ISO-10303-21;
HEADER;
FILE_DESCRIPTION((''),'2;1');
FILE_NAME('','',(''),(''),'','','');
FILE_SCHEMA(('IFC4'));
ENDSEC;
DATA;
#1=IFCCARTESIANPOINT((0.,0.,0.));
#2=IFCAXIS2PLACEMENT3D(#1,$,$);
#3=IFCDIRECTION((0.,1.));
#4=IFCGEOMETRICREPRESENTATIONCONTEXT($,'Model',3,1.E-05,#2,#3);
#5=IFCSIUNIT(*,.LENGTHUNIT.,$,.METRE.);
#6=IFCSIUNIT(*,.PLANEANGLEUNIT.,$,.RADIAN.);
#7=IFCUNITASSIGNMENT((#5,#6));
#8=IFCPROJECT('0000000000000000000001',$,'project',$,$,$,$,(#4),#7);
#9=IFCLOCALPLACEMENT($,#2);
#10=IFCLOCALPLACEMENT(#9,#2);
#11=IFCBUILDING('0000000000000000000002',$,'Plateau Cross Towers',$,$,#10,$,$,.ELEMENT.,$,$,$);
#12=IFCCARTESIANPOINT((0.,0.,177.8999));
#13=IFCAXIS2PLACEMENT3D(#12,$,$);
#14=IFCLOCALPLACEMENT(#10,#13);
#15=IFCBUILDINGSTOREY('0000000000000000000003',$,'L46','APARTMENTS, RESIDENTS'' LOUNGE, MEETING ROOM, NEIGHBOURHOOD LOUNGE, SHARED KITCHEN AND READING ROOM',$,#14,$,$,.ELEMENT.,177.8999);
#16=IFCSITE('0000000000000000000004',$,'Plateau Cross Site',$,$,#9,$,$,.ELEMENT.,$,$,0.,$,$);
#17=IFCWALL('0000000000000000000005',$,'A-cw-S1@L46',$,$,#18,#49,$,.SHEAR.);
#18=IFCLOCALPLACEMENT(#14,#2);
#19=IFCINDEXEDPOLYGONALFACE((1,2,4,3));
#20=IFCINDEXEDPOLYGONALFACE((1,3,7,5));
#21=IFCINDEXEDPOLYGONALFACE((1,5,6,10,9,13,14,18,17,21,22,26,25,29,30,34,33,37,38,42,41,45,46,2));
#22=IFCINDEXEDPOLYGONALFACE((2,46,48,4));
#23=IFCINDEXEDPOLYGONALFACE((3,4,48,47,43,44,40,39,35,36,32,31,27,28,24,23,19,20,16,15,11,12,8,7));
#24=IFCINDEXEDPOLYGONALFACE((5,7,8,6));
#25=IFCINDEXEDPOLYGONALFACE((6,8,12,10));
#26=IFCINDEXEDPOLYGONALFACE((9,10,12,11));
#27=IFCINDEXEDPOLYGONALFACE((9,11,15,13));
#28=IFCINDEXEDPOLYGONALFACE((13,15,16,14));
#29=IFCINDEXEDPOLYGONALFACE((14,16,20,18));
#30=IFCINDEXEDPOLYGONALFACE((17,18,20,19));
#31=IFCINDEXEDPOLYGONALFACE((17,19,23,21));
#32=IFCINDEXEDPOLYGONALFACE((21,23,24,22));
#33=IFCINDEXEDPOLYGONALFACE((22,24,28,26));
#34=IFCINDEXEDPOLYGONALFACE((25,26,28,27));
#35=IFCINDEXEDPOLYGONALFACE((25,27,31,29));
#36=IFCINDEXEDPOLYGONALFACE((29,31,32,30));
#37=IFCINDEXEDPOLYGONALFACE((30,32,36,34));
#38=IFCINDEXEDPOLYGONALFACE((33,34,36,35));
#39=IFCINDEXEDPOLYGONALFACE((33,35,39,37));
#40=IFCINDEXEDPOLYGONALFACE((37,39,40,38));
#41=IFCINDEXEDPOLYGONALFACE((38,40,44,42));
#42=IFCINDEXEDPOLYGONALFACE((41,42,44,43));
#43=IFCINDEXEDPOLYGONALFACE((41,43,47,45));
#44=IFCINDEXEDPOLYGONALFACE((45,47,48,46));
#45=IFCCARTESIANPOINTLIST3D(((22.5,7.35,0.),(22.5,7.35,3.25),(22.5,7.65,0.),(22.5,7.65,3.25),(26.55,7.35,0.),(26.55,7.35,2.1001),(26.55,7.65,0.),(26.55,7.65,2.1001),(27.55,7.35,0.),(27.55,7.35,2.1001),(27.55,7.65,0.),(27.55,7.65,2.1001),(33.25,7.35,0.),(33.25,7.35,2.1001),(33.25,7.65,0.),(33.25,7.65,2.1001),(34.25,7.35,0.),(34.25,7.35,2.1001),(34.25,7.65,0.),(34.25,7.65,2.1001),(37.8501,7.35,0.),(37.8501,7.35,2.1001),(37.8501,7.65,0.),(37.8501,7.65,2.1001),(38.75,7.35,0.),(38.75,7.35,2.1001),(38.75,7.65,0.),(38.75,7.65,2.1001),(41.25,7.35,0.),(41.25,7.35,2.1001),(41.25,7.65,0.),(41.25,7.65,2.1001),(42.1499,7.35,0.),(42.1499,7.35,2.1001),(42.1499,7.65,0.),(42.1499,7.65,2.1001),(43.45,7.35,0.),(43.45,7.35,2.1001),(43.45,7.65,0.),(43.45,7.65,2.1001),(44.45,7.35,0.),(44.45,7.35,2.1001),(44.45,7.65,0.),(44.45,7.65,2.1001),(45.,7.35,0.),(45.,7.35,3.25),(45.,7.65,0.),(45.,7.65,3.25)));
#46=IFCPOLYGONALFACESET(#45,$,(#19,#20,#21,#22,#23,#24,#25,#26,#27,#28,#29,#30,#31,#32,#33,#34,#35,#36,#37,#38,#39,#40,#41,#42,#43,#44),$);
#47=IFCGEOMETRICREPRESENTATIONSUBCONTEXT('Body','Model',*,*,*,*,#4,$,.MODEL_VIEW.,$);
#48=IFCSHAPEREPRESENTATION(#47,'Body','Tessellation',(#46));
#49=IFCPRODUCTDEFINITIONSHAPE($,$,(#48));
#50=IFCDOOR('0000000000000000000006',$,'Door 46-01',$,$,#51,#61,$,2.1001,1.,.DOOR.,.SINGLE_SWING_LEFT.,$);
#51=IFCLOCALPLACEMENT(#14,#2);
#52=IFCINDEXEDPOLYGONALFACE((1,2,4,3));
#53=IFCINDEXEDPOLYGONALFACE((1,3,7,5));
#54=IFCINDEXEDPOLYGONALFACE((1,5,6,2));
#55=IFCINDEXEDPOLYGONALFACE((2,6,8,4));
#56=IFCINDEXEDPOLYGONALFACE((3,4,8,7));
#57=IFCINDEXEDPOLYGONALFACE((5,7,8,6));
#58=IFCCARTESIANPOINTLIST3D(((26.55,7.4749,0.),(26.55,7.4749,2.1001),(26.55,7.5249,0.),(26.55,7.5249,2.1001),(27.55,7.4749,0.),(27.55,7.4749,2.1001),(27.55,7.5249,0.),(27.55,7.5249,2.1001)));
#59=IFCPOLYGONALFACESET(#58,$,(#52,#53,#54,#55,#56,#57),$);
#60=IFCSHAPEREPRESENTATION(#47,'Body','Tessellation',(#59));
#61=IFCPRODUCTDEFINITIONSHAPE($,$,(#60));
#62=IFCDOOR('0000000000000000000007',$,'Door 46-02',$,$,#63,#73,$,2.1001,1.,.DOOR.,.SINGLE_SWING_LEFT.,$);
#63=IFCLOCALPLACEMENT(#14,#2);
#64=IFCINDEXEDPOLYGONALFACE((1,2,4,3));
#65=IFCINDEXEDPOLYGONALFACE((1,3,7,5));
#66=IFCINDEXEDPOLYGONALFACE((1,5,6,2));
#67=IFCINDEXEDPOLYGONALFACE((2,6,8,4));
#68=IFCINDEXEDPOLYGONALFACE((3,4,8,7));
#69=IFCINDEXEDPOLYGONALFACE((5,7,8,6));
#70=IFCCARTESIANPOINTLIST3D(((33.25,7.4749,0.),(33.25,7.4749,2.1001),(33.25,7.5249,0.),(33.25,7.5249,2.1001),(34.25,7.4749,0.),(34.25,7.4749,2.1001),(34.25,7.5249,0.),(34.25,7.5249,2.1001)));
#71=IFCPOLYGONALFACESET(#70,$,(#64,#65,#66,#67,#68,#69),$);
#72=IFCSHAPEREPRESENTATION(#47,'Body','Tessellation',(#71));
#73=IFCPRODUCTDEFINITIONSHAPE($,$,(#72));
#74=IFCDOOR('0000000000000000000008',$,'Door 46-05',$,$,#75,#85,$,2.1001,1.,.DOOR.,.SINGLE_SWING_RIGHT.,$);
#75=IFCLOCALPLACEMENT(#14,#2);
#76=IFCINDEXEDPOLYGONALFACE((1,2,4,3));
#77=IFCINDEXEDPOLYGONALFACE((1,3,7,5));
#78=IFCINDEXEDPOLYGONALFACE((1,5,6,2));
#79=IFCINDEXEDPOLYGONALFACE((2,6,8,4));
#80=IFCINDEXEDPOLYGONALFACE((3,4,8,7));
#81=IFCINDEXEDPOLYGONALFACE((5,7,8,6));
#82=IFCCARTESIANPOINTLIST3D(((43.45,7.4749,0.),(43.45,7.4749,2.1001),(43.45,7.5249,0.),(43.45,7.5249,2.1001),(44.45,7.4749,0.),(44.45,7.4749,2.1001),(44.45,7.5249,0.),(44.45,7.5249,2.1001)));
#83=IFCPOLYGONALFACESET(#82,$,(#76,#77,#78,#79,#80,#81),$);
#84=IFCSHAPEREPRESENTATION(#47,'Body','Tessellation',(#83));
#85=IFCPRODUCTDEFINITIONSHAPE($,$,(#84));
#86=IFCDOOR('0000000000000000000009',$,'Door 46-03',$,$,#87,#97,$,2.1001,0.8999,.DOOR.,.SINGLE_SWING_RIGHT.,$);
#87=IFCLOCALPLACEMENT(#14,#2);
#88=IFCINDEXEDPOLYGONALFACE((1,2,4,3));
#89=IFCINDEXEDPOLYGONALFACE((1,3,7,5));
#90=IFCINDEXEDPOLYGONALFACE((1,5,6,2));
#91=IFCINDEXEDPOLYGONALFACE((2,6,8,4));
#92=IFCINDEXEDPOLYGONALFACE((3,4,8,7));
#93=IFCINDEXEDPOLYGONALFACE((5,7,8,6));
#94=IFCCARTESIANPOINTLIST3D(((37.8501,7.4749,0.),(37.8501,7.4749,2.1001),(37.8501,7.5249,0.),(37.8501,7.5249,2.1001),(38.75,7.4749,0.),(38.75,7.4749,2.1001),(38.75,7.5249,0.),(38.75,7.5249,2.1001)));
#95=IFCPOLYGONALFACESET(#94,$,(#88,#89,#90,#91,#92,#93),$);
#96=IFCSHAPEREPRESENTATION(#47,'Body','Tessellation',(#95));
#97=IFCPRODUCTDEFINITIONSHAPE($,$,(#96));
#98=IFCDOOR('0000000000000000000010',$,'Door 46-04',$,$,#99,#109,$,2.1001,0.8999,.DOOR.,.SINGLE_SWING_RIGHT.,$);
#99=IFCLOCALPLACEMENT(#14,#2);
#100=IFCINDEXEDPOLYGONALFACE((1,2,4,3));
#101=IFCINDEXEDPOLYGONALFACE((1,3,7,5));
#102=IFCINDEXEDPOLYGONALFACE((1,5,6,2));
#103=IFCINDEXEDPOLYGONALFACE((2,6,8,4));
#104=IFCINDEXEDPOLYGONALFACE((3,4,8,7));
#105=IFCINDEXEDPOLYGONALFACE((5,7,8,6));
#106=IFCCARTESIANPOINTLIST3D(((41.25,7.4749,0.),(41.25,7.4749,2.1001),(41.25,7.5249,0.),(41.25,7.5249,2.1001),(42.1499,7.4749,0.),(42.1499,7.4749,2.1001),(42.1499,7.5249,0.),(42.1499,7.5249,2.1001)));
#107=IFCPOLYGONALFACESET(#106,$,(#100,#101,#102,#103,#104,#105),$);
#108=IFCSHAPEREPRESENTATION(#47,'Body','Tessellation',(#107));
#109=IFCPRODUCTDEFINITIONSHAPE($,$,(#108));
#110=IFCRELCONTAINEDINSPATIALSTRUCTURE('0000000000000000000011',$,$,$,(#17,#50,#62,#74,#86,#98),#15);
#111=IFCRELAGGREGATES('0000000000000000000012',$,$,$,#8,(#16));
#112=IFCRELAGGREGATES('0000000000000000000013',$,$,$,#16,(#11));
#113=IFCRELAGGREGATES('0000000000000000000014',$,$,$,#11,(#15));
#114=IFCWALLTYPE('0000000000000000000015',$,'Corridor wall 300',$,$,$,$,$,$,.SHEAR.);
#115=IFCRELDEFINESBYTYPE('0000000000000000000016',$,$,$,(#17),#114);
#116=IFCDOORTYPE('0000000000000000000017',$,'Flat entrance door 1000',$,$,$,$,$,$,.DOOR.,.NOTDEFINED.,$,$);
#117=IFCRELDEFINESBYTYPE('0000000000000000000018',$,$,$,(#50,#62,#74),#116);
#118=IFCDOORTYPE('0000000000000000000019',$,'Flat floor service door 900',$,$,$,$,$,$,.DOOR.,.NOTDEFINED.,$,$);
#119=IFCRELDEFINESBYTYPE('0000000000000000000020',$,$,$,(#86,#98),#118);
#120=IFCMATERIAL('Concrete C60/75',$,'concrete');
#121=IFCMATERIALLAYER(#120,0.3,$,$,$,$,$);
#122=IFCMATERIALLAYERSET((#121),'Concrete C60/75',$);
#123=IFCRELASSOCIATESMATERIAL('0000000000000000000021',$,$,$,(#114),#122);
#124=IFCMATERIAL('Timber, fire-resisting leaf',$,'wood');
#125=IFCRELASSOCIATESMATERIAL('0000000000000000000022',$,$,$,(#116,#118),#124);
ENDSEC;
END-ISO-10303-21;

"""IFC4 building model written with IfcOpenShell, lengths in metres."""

from ifc_helpers import new_model, si_unit, direction, frame, frame_2d, origin, place, context, subcontext, project, spatial, rectangle, extrude, material, layer, layer_set, type_object, element, fill, save


model = new_model("IFC4")

# Units and contexts
model_context = context("Model", 3, precision=1e-05, world=origin(), true_north=direction((0.0, 1.0)))
body_context = subcontext(model_context, "Body", "Model", "MODEL_VIEW")
ifc_project = project(units=[si_unit("LENGTHUNIT", "METRE"), si_unit("PLANEANGLEUNIT", "RADIAN")], contexts=[model_context])

# Site, building, storey
site_placement = place(None, origin())
site = spatial("IfcSite", under=ifc_project, at=site_placement, Name="Plateau Cross Site", CompositionType="ELEMENT", RefElevation=0.0)
building_placement = place(site_placement, origin())
building = spatial("IfcBuilding", under=site, at=building_placement, Name="Plateau Cross Towers", CompositionType="ELEMENT")
storey_placement = place(building_placement, frame((0.0, 0.0, 177.8999)))
storey = spatial("IfcBuildingStorey", under=building, at=storey_placement, Name="L46", Description="APARTMENTS, RESIDENTS' LOUNGE, MEETING ROOM, NEIGHBOURHOOD LOUNGE, SHARED KITCHEN AND READING ROOM", CompositionType="ELEMENT", Elevation=177.8999)

# Shared definitions
ifc_material_1 = material(Name="Concrete C60/75", Category="concrete")

# Wall, openings, doors
ifc_layer_1 = layer(ifc_material_1, 0.3)
ifc_layer_set_1 = layer_set([ifc_layer_1], Name="Concrete C60/75")
wall_type_1 = type_object("IfcWallType", Name="Corridor wall 300", PredefinedType="SHEAR", material=ifc_layer_set_1)
wall_1_placement = place(storey_placement, frame((22.5, 7.5, 0.0), z_axis=(0.0, 0.0, 1.0), x_axis=(1.0, 0.0, 0.0)))
wall_1 = element("IfcWall", 1, at=wall_1_placement, inside=storey, type_object=wall_type_1, Name="A-cw-S1@L46", PredefinedType="SHEAR", context=body_context, shape_type="SweptSolid", body=[
    extrude(rectangle(XDim=22.5, YDim=0.3, at=frame_2d((11.25, 0.0))), origin(), (0.0, 0.0, 1.0), 3.25),
])
opening_1_placement = place(wall_1_placement, frame((4.05, 0.0, 0.0)))
opening_1 = element("IfcOpeningElement", 2, at=opening_1_placement, cuts=wall_1, PredefinedType="OPENING", context=body_context, shape_type="SweptSolid", body=[
    extrude(rectangle(XDim=1.0, YDim=2.1001, at=frame_2d((0.5, 1.05))), frame((0.0, 0.1599, 0.0), z_axis=(0.0, -1.0, 0.0), x_axis=(1.0, 0.0, 0.0)), (0.0, 0.0, 1.0), 0.3201),
])
opening_2_placement = place(wall_1_placement, frame((10.75, 0.0, 0.0)))
opening_2 = element("IfcOpeningElement", 3, at=opening_2_placement, cuts=wall_1, PredefinedType="OPENING", context=body_context, shape_type="SweptSolid", body=[
    extrude(rectangle(XDim=1.0, YDim=2.1001, at=frame_2d((0.5, 1.05))), frame((0.0, 0.1599, 0.0), z_axis=(0.0, -1.0, 0.0), x_axis=(1.0, 0.0, 0.0)), (0.0, 0.0, 1.0), 0.3201),
])
opening_3_placement = place(wall_1_placement, frame((15.3501, 0.0, 0.0)))
opening_3 = element("IfcOpeningElement", 4, at=opening_3_placement, cuts=wall_1, PredefinedType="OPENING", context=body_context, shape_type="SweptSolid", body=[
    extrude(rectangle(XDim=0.8999, YDim=2.1001, at=frame_2d((0.45, 1.05))), frame((0.0, 0.1599, 0.0), z_axis=(0.0, -1.0, 0.0), x_axis=(1.0, 0.0, 0.0)), (0.0, 0.0, 1.0), 0.3201),
])
opening_4_placement = place(wall_1_placement, frame((18.75, 0.0, 0.0)))
opening_4 = element("IfcOpeningElement", 5, at=opening_4_placement, cuts=wall_1, PredefinedType="OPENING", context=body_context, shape_type="SweptSolid", body=[
    extrude(rectangle(XDim=0.8999, YDim=2.1001, at=frame_2d((0.45, 1.05))), frame((0.0, 0.1599, 0.0), z_axis=(0.0, -1.0, 0.0), x_axis=(1.0, 0.0, 0.0)), (0.0, 0.0, 1.0), 0.3201),
])
opening_5_placement = place(wall_1_placement, frame((20.95, 0.0, 0.0)))
opening_5 = element("IfcOpeningElement", 6, at=opening_5_placement, cuts=wall_1, PredefinedType="OPENING", context=body_context, shape_type="SweptSolid", body=[
    extrude(rectangle(XDim=1.0, YDim=2.1001, at=frame_2d((0.5, 1.05))), frame((0.0, 0.1599, 0.0), z_axis=(0.0, -1.0, 0.0), x_axis=(1.0, 0.0, 0.0)), (0.0, 0.0, 1.0), 0.3201),
])
ifc_material_2 = material(Name="Timber, fire-resisting leaf", Category="wood")
door_type_1 = type_object("IfcDoorType", Name="Flat entrance door 1000", OperationType="NOTDEFINED", PredefinedType="DOOR", material=ifc_material_2)
door_1_placement = place(opening_1_placement, origin())
door_1 = element("IfcDoor", 7, at=door_1_placement, inside=storey, type_object=door_type_1, Name="Door 46-01", OperationType="SINGLE_SWING_LEFT", OverallHeight=2.1001, OverallWidth=1.0, PredefinedType="DOOR", context=body_context, shape_type="SweptSolid", body=[
    extrude(rectangle(XDim=1.0, YDim=2.1001, at=frame_2d((0.5, 1.05))), frame((0.0, 0.0249, 0.0), z_axis=(0.0, -1.0, 0.0), x_axis=(1.0, 0.0, 0.0)), (0.0, 0.0, 1.0), 0.05),
])
fill(opening_1, door_1)
door_2_placement = place(opening_2_placement, origin())
door_2 = element("IfcDoor", 8, at=door_2_placement, inside=storey, type_object=door_type_1, Name="Door 46-02", OperationType="SINGLE_SWING_LEFT", OverallHeight=2.1001, OverallWidth=1.0, PredefinedType="DOOR", context=body_context, shape_type="SweptSolid", body=[
    extrude(rectangle(XDim=1.0, YDim=2.1001, at=frame_2d((0.5, 1.05))), frame((0.0, 0.0249, 0.0), z_axis=(0.0, -1.0, 0.0), x_axis=(1.0, 0.0, 0.0)), (0.0, 0.0, 1.0), 0.05),
])
fill(opening_2, door_2)
door_3_placement = place(opening_5_placement, origin())
door_3 = element("IfcDoor", 9, at=door_3_placement, inside=storey, type_object=door_type_1, Name="Door 46-05", OperationType="SINGLE_SWING_RIGHT", OverallHeight=2.1001, OverallWidth=1.0, PredefinedType="DOOR", context=body_context, shape_type="SweptSolid", body=[
    extrude(rectangle(XDim=1.0, YDim=2.1001, at=frame_2d((0.5, 1.05))), frame((0.0, 0.0249, 0.0), z_axis=(0.0, -1.0, 0.0), x_axis=(1.0, 0.0, 0.0)), (0.0, 0.0, 1.0), 0.05),
])
fill(opening_5, door_3)
door_type_2 = type_object("IfcDoorType", Name="Flat floor service door 900", OperationType="NOTDEFINED", PredefinedType="DOOR", material=ifc_material_2)
door_4_placement = place(opening_3_placement, origin())
door_4 = element("IfcDoor", 10, at=door_4_placement, inside=storey, type_object=door_type_2, Name="Door 46-03", OperationType="SINGLE_SWING_RIGHT", OverallHeight=2.1001, OverallWidth=0.8999, PredefinedType="DOOR", context=body_context, shape_type="SweptSolid", body=[
    extrude(rectangle(XDim=0.8999, YDim=2.1001, at=frame_2d((0.45, 1.05))), frame((0.0, 0.0249, 0.0), z_axis=(0.0, -1.0, 0.0), x_axis=(1.0, 0.0, 0.0)), (0.0, 0.0, 1.0), 0.05),
])
fill(opening_3, door_4)
door_5_placement = place(opening_4_placement, origin())
door_5 = element("IfcDoor", 11, at=door_5_placement, inside=storey, type_object=door_type_2, Name="Door 46-04", OperationType="SINGLE_SWING_RIGHT", OverallHeight=2.1001, OverallWidth=0.8999, PredefinedType="DOOR", context=body_context, shape_type="SweptSolid", body=[
    extrude(rectangle(XDim=0.8999, YDim=2.1001, at=frame_2d((0.45, 1.05))), frame((0.0, 0.0249, 0.0), z_axis=(0.0, -1.0, 0.0), x_axis=(1.0, 0.0, 0.0)), (0.0, 0.0, 1.0), 0.05),
])
fill(opening_4, door_5)

save(model, "model.ifc")
